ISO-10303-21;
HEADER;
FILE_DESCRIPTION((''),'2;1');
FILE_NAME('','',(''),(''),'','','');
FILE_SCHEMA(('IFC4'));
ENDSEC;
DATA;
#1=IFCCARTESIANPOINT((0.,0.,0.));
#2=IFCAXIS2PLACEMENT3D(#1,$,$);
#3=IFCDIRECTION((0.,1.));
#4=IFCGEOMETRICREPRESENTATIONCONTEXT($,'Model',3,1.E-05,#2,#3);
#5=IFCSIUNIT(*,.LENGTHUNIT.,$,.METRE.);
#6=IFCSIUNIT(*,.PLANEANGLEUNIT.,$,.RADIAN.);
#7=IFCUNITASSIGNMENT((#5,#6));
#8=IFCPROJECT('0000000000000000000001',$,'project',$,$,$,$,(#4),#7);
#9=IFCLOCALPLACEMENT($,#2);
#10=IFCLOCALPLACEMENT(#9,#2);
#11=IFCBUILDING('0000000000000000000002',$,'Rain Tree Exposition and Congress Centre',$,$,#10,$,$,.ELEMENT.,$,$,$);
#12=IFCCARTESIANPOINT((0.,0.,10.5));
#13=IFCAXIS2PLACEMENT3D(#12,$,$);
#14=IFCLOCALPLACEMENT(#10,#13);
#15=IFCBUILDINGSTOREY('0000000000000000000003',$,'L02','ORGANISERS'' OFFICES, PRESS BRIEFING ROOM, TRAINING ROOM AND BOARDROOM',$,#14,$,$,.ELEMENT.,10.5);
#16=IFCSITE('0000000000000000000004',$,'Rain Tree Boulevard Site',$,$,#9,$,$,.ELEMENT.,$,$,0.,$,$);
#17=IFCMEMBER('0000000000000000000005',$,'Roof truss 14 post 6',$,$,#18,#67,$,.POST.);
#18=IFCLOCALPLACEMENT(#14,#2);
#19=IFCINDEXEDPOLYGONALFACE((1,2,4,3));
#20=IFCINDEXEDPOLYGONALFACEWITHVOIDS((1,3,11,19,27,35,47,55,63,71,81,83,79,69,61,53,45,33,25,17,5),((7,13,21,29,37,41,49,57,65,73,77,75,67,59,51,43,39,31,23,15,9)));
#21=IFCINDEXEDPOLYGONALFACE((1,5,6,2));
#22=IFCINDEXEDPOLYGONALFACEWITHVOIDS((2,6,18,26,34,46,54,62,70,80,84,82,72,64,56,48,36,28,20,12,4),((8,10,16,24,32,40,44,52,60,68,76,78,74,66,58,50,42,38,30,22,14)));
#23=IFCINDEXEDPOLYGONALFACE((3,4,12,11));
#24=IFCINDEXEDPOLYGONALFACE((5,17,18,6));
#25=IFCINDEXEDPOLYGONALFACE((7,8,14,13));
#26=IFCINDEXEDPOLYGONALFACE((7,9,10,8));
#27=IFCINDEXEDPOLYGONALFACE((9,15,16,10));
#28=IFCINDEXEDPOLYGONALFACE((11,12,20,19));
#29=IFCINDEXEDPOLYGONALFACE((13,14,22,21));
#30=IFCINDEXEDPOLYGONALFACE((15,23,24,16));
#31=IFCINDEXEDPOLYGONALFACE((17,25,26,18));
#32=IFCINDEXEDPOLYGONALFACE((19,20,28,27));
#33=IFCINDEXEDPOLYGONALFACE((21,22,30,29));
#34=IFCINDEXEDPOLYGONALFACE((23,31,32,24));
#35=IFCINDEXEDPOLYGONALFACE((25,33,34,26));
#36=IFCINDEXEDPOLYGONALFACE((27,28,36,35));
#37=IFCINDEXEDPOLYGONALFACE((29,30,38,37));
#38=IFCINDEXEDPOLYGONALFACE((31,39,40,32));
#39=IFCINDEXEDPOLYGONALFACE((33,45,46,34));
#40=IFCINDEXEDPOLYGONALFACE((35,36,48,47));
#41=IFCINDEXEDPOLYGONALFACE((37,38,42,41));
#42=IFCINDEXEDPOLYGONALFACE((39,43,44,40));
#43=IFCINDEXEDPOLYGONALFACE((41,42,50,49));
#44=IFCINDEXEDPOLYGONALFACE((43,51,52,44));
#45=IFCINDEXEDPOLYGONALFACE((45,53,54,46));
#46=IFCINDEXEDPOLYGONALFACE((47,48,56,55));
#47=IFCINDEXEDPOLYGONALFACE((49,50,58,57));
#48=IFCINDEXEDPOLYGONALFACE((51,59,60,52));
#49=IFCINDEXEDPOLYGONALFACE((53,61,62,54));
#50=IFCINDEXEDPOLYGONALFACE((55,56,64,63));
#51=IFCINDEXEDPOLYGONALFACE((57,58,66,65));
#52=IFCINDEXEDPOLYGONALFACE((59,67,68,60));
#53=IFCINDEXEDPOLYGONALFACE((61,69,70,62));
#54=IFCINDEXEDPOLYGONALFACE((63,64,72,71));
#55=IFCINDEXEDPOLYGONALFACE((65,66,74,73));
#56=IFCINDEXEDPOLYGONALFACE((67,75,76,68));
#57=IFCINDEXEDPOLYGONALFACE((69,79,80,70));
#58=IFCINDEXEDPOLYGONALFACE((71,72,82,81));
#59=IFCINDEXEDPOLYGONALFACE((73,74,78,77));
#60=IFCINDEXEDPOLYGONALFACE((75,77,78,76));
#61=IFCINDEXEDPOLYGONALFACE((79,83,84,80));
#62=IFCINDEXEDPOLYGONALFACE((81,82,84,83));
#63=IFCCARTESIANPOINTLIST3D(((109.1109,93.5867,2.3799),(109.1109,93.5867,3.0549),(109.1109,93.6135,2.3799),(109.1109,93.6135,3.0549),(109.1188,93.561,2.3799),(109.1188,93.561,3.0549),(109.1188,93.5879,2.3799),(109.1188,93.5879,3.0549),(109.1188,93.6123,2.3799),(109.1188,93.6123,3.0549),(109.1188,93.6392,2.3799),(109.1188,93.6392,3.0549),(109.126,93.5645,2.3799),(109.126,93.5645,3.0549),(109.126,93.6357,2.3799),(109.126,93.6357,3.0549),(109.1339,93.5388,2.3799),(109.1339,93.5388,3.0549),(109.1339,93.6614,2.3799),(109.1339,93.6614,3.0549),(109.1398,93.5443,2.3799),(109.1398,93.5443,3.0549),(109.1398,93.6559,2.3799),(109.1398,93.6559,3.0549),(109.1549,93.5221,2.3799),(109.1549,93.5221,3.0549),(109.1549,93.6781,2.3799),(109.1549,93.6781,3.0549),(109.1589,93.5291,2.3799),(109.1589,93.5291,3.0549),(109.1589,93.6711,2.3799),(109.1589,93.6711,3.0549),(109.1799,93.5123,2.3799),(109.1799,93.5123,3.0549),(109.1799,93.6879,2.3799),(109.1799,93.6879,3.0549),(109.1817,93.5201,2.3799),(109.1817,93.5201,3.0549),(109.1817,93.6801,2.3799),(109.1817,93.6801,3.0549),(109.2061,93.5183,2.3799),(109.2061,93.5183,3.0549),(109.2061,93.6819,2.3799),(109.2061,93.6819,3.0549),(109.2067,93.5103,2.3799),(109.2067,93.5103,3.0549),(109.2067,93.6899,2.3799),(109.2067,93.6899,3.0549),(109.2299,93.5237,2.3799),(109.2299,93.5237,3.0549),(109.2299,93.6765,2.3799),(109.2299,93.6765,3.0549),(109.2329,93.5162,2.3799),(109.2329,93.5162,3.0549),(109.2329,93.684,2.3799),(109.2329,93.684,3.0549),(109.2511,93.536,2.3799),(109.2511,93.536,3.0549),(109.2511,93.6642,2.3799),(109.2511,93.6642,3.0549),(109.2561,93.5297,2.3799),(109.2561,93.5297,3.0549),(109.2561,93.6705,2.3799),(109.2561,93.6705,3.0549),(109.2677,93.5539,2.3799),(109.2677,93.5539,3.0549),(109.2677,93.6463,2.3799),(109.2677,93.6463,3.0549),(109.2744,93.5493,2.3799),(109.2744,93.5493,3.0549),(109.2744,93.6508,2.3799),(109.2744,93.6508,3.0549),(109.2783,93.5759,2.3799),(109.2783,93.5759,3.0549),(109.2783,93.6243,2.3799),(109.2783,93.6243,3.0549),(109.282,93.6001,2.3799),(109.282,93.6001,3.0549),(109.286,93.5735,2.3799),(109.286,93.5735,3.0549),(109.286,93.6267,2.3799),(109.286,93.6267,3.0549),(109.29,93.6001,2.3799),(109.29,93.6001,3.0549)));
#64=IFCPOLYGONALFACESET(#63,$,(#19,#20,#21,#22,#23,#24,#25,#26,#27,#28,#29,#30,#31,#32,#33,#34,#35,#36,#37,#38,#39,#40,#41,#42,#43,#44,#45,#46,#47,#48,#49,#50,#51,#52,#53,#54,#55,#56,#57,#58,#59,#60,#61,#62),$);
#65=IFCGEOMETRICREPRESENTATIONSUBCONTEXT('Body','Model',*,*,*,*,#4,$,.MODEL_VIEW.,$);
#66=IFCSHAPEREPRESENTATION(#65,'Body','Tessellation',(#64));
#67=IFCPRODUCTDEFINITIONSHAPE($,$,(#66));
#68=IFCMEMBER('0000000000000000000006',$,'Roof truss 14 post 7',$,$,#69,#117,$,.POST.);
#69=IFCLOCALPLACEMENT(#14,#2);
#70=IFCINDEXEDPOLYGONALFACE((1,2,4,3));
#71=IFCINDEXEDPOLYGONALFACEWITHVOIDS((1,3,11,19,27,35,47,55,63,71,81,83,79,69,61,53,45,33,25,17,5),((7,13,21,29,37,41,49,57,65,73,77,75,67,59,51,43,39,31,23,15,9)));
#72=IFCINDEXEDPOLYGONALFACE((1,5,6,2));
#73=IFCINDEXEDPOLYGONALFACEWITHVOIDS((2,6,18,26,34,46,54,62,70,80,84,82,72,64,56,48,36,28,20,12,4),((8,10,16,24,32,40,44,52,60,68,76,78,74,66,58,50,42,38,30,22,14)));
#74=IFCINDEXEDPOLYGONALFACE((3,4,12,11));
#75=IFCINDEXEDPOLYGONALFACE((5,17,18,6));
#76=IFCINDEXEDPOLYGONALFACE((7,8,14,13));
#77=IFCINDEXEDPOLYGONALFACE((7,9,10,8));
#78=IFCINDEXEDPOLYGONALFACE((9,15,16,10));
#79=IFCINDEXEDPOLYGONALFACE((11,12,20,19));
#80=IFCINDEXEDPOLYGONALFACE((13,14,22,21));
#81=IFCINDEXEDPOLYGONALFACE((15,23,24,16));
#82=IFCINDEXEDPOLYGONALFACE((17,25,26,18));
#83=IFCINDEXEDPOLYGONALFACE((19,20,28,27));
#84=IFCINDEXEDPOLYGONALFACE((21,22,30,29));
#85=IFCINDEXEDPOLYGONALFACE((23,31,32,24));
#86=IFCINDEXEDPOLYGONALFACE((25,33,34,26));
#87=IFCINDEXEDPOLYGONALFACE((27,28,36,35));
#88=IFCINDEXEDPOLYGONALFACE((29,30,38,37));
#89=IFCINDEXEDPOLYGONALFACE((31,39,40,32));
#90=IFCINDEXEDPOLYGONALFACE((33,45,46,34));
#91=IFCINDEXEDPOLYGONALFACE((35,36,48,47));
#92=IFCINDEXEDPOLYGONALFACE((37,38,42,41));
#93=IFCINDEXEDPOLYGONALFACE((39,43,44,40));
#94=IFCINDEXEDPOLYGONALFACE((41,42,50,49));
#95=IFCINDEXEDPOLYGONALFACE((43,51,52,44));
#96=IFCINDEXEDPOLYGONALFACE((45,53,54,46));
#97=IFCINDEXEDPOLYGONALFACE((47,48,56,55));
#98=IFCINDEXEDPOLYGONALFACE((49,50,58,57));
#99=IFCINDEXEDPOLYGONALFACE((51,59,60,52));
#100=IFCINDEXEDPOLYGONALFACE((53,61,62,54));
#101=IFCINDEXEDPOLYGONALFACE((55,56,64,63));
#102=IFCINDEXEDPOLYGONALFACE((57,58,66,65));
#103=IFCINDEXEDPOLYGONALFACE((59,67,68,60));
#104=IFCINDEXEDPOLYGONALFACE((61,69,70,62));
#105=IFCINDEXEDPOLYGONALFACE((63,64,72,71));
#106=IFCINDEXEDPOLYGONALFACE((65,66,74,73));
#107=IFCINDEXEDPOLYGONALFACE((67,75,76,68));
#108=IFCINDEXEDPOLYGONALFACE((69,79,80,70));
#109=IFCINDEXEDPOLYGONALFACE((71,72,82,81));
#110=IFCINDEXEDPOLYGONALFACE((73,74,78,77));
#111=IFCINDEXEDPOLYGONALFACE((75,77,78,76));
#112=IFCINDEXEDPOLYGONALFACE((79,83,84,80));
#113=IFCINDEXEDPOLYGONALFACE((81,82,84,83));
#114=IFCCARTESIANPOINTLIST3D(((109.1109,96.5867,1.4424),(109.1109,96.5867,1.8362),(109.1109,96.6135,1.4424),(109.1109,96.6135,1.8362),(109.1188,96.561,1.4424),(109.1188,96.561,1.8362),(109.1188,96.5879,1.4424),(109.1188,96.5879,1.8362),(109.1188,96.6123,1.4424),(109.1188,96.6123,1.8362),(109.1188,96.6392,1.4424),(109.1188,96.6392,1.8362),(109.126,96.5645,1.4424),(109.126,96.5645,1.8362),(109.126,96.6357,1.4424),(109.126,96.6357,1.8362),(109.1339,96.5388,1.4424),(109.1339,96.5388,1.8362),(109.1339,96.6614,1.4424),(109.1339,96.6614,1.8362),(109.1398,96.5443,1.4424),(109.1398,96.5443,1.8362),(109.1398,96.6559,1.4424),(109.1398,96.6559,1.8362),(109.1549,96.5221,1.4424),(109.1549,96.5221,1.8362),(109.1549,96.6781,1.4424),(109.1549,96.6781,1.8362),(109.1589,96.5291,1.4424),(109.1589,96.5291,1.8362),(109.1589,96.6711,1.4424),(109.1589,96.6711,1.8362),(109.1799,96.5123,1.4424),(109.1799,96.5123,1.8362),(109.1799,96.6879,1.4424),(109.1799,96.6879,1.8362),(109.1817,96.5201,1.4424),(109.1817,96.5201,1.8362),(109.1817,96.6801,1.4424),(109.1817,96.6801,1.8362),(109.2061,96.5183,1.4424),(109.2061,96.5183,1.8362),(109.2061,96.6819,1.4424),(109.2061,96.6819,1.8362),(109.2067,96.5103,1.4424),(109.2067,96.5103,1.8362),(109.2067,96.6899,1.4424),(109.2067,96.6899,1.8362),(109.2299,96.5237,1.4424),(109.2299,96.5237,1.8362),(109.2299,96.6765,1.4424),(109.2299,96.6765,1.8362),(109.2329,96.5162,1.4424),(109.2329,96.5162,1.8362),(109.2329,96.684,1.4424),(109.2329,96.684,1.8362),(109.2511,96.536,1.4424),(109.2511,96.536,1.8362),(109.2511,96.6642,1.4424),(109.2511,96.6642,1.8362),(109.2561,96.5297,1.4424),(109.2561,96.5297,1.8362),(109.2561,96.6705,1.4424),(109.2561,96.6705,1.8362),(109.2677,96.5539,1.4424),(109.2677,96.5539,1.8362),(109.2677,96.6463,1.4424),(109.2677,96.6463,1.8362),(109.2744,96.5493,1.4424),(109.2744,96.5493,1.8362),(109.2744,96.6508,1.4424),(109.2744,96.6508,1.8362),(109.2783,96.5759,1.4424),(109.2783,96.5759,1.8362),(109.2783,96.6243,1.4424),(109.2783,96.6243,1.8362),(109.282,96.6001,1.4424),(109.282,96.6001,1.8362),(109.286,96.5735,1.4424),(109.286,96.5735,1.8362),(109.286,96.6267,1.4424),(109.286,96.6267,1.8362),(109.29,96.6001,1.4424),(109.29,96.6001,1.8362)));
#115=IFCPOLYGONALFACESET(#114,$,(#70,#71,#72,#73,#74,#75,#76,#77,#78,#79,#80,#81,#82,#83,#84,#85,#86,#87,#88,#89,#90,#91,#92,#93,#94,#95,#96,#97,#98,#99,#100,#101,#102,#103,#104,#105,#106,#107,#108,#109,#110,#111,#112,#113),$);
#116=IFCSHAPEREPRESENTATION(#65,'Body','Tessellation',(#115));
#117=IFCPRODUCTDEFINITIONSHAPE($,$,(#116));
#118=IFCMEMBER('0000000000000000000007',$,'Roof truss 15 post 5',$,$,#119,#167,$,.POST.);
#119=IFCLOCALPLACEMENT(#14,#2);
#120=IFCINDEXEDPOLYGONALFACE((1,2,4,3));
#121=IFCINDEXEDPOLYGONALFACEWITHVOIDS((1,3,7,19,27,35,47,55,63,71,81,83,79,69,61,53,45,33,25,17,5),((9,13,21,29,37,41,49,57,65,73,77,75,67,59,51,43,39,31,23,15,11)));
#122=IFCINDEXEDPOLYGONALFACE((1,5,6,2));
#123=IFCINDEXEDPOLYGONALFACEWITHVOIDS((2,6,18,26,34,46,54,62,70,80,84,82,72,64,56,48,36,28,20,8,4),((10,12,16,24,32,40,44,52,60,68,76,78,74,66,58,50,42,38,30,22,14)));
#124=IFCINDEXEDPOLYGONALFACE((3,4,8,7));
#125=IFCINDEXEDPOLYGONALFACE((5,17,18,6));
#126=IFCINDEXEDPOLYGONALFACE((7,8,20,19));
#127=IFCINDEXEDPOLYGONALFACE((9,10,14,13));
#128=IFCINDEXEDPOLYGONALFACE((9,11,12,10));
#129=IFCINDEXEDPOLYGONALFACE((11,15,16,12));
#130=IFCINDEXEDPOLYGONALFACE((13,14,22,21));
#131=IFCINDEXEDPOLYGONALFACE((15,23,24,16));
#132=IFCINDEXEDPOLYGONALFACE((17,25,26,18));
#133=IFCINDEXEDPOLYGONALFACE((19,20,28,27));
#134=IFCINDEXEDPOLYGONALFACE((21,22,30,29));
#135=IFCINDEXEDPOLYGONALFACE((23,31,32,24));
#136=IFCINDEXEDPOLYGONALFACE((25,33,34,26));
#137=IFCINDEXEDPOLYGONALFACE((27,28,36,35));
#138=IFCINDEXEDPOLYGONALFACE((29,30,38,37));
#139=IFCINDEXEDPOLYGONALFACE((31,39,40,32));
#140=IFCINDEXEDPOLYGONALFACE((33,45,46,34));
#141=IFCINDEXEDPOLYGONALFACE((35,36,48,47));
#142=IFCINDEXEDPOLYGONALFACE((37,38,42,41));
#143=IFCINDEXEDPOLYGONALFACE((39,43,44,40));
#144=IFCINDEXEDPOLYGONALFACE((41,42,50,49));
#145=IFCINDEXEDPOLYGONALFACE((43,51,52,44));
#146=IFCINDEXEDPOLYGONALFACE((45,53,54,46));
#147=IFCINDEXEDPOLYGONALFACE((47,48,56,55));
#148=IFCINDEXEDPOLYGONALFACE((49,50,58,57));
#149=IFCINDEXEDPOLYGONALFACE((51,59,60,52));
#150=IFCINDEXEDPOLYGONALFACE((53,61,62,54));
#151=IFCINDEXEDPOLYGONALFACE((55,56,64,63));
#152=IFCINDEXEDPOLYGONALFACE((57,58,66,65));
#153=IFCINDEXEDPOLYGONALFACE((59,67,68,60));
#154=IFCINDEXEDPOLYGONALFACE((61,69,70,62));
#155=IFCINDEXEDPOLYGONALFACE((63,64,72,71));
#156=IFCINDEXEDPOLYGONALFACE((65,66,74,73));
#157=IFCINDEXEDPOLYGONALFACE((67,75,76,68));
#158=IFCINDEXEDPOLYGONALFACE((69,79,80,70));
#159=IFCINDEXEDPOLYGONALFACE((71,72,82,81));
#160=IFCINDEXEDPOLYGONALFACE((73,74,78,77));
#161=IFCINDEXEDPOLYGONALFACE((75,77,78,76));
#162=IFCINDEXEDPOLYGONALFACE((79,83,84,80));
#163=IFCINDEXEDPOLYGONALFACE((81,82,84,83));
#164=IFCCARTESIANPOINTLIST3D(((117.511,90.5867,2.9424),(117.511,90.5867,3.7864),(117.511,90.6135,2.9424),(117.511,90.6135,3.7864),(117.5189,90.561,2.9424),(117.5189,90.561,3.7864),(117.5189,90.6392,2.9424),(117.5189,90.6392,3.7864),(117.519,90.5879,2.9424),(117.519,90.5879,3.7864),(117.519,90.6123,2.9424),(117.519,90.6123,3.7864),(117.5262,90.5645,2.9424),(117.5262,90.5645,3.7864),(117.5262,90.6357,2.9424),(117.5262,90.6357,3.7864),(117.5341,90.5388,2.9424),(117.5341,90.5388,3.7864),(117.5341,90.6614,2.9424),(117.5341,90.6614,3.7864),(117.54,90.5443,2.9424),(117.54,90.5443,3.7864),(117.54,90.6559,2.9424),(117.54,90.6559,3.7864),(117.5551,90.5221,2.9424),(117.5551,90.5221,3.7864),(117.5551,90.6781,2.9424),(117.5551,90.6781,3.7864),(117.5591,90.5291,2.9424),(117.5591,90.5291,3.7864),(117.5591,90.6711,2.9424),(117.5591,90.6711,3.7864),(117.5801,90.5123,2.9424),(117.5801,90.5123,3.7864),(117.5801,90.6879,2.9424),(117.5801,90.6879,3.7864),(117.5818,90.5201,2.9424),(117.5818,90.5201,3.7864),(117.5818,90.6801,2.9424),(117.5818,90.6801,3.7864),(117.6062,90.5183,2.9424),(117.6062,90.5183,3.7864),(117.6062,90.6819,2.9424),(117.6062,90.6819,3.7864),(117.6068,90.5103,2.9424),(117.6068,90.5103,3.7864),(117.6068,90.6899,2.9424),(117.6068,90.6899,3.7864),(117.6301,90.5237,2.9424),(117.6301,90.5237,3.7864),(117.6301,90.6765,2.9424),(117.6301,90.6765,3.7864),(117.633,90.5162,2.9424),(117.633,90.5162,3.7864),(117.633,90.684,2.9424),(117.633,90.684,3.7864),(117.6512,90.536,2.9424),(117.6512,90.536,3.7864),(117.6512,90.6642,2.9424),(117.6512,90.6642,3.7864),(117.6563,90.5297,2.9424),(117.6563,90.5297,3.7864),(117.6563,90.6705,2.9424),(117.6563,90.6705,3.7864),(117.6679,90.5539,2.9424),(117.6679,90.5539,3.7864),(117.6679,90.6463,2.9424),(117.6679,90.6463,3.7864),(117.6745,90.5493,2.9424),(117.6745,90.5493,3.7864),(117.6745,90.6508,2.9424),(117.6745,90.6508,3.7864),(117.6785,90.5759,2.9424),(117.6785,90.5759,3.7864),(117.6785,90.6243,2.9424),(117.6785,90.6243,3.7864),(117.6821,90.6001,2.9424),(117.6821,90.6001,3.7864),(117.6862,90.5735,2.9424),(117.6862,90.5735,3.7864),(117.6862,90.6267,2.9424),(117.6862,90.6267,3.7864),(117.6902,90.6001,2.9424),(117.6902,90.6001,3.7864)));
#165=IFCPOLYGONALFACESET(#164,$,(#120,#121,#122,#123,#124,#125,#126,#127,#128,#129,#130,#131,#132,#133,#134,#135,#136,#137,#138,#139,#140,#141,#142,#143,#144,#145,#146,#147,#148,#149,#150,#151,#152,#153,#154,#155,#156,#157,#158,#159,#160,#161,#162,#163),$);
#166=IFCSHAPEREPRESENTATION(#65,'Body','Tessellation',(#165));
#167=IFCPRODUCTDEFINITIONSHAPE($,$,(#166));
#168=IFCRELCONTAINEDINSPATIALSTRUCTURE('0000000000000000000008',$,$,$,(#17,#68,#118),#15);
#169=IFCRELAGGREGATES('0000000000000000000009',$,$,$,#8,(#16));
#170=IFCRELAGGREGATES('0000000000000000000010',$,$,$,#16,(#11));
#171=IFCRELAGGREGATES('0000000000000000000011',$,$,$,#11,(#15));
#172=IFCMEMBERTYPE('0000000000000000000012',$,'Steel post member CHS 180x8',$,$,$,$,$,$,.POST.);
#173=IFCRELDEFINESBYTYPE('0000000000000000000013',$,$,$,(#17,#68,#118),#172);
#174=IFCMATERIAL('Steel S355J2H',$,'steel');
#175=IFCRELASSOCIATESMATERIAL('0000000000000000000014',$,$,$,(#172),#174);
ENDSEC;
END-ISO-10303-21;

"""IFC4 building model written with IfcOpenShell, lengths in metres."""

from ifc_helpers import new_model, si_unit, direction, frame, origin, origin_2d, place, context, subcontext, project, spatial, hollow_circle, extrude, material, material_profile, profile_set, type_object, element, save


model = new_model("IFC4")

# Units and contexts
model_context = context("Model", 3, precision=1e-05, world=origin(), true_north=direction((0.0, 1.0)))
body_context = subcontext(model_context, "Body", "Model", "MODEL_VIEW")
ifc_project = project(units=[si_unit("LENGTHUNIT", "METRE"), si_unit("PLANEANGLEUNIT", "RADIAN")], contexts=[model_context])

# Site, building, storey
site_placement = place(None, origin())
site = spatial("IfcSite", under=ifc_project, at=site_placement, Name="Rain Tree Boulevard Site", CompositionType="ELEMENT", RefElevation=0.0)
building_placement = place(site_placement, origin())
building = spatial("IfcBuilding", under=site, at=building_placement, Name="Rain Tree Exposition and Congress Centre", CompositionType="ELEMENT")
storey_placement = place(building_placement, frame((0.0, 0.0, 10.5)))
storey = spatial("IfcBuildingStorey", under=building, at=storey_placement, Name="L02", Description="ORGANISERS' OFFICES, PRESS BRIEFING ROOM, TRAINING ROOM AND BOARDROOM", CompositionType="ELEMENT", Elevation=10.5)

# Members
ifc_material_1 = material(Name="Steel S355J2H", Category="steel")
ifc_material_profile_1 = material_profile(ifc_material_1, hollow_circle(Radius=0.0901, WallThickness=0.0081, at=origin_2d()), Name="CHS 180x8")
ifc_profile_set_1 = profile_set([ifc_material_profile_1], Name="Steel S355J2H")
member_type_1 = type_object("IfcMemberType", Name="Steel post member CHS 180x8", PredefinedType="POST", material=ifc_profile_set_1)
member_1_placement = place(storey_placement, frame((109.2, 93.6001, 2.3799), z_axis=(0.0, 0.0, 1.0), x_axis=(1.0, 0.0, 0.0)))
element("IfcMember", 1, at=member_1_placement, inside=storey, type_object=member_type_1, Name="Roof truss 14 post 6", PredefinedType="POST", context=body_context, shape_type="SweptSolid", body=[
    extrude(hollow_circle(Radius=0.0901, WallThickness=0.0081, at=origin_2d()), origin(), (0.0, 0.0, 1.0), 0.675),
])
member_2_placement = place(storey_placement, frame((109.2, 96.6001, 1.4424), z_axis=(0.0, 0.0, 1.0), x_axis=(1.0, 0.0, 0.0)))
element("IfcMember", 2, at=member_2_placement, inside=storey, type_object=member_type_1, Name="Roof truss 14 post 7", PredefinedType="POST", context=body_context, shape_type="SweptSolid", body=[
    extrude(hollow_circle(Radius=0.0901, WallThickness=0.0081, at=origin_2d()), origin(), (0.0, 0.0, 1.0), 0.3938),
])
member_3_placement = place(storey_placement, frame((117.6001, 90.6001, 2.9424), z_axis=(0.0, 0.0, 1.0), x_axis=(1.0, 0.0, 0.0)))
element("IfcMember", 3, at=member_3_placement, inside=storey, type_object=member_type_1, Name="Roof truss 15 post 5", PredefinedType="POST", context=body_context, shape_type="SweptSolid", body=[
    extrude(hollow_circle(Radius=0.0901, WallThickness=0.0081, at=origin_2d()), origin(), (0.0, 0.0, 1.0), 0.844),
])

save(model, "model.ifc")
